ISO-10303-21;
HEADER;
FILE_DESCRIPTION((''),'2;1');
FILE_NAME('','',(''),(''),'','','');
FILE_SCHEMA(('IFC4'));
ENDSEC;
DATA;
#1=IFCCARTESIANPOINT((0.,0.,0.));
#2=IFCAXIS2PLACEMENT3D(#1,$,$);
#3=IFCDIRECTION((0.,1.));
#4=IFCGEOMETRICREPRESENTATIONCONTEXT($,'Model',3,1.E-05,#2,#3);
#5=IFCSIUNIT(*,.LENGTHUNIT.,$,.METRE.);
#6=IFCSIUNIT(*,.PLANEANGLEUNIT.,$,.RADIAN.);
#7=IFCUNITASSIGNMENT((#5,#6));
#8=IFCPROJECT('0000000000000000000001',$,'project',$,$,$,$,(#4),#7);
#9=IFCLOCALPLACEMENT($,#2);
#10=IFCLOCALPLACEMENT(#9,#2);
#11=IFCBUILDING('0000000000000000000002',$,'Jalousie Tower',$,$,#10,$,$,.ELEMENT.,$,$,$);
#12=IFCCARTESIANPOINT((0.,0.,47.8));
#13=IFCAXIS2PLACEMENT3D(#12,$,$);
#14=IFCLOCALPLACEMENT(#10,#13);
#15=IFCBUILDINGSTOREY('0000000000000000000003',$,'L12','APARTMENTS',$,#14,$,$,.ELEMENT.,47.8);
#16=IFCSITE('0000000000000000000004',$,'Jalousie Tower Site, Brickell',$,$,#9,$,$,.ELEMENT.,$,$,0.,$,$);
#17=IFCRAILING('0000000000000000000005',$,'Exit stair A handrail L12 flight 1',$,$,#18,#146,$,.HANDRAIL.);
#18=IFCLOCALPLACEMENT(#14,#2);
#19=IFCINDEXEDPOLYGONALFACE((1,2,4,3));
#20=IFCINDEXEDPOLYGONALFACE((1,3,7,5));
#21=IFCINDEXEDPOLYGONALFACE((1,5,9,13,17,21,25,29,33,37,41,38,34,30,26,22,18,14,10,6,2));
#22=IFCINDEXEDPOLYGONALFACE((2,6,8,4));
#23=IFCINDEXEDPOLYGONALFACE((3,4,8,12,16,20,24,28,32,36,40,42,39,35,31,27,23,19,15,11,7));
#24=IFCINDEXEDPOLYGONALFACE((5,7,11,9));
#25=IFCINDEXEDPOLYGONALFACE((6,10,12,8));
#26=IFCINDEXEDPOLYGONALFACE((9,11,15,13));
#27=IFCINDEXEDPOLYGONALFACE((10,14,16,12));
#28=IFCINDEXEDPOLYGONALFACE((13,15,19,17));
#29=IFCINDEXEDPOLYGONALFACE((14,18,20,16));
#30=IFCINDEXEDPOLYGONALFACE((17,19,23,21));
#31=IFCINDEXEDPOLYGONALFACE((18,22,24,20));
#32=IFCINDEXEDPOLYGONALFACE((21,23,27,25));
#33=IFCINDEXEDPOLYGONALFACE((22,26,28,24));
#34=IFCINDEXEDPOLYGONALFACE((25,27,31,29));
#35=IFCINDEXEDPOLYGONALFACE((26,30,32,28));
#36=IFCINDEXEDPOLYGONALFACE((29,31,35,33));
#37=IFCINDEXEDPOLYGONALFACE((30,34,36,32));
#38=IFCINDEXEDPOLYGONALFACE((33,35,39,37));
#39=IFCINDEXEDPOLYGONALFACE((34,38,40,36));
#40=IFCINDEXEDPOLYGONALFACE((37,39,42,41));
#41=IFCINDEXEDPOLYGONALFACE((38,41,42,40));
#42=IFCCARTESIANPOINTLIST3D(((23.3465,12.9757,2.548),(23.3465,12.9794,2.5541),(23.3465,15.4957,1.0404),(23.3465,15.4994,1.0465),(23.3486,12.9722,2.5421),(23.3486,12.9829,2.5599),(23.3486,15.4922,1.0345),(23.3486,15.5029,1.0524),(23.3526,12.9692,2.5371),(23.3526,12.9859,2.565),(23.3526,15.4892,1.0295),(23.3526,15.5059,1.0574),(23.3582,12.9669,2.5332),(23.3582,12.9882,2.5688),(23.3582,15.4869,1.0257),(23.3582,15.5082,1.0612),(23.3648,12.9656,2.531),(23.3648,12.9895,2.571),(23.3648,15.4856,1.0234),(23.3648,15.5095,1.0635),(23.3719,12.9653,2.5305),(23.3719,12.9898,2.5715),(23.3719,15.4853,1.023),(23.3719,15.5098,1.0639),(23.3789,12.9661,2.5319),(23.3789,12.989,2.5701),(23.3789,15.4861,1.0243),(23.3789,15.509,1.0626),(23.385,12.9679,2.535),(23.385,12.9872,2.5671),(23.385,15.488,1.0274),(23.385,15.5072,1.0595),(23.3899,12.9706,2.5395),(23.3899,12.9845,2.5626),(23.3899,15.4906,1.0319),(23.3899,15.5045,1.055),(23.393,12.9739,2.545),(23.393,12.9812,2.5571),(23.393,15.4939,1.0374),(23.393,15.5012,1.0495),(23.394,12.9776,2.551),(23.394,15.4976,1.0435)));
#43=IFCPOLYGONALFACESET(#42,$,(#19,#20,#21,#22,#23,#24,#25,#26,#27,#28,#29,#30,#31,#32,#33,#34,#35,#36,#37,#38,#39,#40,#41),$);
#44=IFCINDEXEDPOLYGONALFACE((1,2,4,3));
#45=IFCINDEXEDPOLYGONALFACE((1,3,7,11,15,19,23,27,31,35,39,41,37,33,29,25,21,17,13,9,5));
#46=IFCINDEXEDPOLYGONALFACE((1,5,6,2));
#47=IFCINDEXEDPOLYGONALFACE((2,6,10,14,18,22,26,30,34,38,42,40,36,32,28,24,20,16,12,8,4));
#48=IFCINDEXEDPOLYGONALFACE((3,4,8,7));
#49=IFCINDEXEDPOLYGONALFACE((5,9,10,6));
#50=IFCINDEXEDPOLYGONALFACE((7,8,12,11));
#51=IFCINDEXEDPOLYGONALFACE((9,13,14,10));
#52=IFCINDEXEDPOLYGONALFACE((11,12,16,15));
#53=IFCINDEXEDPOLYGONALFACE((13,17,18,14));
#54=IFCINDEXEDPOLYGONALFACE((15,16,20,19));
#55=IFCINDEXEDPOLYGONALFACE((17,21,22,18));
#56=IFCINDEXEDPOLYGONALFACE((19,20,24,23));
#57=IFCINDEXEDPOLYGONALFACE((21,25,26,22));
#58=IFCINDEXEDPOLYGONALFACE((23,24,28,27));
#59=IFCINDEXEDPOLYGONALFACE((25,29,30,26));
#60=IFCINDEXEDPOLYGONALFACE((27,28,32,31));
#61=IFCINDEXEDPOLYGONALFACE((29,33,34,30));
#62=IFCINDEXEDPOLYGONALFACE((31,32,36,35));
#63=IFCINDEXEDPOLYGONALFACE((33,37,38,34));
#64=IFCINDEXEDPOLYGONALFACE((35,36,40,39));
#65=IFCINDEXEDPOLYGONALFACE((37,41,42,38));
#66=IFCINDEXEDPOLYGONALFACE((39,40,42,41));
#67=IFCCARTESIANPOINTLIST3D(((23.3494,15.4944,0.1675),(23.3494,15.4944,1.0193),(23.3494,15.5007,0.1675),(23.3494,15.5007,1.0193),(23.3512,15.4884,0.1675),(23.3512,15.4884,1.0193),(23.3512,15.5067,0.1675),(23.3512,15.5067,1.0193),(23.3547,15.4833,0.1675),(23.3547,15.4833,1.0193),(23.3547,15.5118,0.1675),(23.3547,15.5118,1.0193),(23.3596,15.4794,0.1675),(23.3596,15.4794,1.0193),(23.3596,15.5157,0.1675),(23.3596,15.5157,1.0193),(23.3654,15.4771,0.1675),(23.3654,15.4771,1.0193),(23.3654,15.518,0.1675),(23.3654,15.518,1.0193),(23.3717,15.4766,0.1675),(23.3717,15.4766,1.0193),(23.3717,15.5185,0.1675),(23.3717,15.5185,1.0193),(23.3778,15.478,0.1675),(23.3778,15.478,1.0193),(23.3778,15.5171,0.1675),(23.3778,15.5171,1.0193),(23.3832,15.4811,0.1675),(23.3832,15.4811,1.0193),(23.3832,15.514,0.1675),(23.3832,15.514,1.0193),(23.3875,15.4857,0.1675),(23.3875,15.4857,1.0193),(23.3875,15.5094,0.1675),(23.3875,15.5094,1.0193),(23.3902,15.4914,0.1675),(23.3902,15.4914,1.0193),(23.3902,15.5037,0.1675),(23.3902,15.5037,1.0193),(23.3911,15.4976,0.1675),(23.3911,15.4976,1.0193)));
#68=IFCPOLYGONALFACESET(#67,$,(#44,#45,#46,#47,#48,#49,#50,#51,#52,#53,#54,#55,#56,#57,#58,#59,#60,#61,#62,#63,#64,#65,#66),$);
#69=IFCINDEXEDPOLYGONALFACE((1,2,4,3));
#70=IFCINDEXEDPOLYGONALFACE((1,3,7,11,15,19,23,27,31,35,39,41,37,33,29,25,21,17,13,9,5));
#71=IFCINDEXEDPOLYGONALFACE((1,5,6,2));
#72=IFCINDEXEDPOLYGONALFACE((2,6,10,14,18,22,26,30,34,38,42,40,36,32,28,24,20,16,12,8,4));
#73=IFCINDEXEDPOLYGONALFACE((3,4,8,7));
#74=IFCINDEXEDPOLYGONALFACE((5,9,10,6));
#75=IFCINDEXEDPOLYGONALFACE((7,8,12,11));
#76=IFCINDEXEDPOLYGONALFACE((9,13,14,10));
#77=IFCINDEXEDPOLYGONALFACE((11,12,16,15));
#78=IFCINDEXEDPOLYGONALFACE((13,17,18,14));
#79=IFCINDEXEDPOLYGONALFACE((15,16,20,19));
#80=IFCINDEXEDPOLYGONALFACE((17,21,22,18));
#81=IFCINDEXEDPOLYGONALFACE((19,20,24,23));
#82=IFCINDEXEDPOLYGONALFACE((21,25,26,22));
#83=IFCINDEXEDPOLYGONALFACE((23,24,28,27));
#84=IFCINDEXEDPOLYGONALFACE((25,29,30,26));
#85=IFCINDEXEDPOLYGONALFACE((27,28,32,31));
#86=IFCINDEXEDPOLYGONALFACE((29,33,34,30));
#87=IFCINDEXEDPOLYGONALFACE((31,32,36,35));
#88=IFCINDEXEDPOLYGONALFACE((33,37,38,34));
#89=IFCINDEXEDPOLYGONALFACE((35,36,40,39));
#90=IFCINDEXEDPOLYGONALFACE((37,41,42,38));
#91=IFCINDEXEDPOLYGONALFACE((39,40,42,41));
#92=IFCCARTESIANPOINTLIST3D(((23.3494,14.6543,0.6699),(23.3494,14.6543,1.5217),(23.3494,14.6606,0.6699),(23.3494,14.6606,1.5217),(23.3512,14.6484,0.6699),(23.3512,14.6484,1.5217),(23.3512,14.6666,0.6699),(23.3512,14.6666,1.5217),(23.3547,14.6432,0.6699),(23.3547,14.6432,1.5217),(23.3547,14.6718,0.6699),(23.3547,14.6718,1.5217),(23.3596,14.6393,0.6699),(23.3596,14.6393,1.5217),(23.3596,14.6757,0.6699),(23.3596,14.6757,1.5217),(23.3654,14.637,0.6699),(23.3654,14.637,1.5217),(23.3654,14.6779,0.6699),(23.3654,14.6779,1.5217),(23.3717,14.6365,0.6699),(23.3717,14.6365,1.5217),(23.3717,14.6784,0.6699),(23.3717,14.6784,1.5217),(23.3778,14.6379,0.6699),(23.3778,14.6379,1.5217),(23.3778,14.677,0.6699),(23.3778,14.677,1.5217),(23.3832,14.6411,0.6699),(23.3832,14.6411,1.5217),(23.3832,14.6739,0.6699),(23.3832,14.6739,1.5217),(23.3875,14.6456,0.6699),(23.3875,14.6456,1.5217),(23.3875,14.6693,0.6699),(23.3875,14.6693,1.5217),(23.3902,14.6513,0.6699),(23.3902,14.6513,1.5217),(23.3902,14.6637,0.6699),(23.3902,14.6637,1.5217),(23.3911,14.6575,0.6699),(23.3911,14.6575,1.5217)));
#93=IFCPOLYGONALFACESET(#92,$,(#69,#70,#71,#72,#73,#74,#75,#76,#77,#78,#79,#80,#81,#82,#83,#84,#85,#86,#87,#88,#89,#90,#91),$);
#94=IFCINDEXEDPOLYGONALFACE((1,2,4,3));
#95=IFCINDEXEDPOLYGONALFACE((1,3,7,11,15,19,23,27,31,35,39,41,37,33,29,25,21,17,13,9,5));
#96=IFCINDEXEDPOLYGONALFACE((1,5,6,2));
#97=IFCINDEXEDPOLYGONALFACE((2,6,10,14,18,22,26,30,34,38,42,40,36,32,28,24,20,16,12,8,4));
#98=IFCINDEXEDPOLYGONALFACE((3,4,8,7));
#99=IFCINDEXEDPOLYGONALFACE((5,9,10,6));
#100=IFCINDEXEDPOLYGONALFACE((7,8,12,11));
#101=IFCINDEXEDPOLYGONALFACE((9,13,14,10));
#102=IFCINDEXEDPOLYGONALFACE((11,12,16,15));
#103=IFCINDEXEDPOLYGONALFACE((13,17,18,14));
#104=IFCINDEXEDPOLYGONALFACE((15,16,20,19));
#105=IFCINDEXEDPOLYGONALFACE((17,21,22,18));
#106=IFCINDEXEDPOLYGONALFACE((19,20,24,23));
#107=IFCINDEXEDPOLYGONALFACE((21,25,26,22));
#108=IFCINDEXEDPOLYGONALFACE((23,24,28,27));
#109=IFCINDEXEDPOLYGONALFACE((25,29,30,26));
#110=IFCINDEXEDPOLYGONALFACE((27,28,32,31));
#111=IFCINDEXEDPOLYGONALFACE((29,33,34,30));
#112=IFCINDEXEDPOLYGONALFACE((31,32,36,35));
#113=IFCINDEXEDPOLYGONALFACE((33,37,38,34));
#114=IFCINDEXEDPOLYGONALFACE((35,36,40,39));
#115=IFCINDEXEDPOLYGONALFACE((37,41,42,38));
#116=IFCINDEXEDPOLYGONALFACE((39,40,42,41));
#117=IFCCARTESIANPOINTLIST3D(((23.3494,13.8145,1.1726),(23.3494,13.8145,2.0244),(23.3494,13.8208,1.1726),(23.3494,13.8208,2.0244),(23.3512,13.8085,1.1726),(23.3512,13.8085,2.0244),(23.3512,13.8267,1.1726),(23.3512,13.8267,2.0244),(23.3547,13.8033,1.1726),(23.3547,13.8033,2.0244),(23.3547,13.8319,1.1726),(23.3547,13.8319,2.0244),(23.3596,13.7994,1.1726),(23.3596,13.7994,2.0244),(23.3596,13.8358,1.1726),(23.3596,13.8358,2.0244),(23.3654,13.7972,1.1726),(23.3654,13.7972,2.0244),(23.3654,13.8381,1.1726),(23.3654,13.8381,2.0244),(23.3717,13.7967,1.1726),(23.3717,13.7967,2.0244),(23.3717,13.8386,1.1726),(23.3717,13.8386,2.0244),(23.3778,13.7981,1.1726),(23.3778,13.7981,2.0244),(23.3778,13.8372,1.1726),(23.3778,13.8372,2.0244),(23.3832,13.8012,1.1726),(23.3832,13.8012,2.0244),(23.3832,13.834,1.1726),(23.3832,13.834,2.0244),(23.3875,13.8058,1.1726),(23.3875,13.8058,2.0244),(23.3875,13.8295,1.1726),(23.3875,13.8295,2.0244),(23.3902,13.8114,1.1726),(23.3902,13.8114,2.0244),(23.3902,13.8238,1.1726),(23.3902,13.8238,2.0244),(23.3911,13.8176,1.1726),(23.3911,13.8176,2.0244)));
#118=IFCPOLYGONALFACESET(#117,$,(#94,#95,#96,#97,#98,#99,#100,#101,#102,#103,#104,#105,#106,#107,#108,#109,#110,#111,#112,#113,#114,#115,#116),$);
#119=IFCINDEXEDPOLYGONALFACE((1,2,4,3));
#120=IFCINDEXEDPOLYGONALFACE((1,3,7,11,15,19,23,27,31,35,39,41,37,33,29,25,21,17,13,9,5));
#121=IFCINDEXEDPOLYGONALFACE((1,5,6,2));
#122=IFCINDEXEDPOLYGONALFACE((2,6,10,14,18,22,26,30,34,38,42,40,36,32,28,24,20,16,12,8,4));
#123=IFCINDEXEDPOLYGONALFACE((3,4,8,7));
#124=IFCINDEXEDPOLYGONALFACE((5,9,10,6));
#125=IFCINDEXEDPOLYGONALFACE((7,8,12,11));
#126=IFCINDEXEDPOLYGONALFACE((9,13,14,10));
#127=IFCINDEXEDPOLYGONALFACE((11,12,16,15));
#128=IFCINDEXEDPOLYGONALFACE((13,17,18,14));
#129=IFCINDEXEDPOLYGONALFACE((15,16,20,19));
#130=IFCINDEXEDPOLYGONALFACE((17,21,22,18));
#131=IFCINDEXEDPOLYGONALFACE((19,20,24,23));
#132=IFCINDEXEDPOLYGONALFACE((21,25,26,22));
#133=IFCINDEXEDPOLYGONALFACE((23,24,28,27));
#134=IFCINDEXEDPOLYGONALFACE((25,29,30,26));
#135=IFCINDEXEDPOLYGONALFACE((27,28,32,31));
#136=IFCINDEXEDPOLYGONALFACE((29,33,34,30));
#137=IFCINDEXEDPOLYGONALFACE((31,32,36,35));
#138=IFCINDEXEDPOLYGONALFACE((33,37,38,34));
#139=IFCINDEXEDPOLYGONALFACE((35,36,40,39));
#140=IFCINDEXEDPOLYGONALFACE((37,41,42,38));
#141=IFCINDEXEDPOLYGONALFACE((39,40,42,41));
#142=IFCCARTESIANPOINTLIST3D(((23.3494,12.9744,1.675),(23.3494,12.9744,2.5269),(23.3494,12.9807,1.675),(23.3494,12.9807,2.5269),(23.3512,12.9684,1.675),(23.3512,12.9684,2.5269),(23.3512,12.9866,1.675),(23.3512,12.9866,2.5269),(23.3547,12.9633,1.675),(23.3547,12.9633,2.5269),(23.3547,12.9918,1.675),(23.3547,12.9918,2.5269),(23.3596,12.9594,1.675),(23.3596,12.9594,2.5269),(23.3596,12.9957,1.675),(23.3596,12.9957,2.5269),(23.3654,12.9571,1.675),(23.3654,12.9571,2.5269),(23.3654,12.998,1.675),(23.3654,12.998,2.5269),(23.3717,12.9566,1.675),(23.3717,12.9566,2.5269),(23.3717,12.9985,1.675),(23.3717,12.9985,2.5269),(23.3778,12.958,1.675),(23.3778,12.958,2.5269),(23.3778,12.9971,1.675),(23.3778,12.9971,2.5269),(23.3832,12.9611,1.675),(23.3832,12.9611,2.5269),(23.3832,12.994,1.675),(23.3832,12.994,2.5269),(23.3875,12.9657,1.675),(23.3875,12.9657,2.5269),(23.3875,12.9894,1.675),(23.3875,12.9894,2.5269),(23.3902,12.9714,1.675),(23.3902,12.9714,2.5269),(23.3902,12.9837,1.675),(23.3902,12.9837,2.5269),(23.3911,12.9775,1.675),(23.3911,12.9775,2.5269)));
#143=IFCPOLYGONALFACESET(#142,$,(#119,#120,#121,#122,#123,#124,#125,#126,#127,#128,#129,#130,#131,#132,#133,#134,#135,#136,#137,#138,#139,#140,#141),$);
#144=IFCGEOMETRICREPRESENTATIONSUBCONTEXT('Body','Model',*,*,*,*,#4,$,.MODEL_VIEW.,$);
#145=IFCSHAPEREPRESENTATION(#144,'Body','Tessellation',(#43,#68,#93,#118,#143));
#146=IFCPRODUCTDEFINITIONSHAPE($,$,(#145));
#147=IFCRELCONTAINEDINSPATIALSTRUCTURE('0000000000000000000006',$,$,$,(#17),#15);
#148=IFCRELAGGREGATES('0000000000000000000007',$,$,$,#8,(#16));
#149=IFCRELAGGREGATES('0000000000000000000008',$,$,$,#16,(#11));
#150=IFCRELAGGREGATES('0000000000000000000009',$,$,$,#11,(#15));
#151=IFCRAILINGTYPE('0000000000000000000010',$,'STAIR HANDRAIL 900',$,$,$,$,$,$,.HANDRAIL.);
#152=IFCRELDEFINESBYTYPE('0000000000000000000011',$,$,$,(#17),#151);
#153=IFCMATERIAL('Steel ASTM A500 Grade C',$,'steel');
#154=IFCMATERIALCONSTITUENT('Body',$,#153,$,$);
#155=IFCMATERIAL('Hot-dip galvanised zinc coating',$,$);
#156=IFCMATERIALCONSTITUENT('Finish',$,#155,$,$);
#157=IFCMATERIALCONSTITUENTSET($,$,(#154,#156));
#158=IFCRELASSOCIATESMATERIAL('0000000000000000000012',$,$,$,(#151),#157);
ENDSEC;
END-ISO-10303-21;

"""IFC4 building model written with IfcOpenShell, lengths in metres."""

from ifc_helpers import new_model, si_unit, direction, frame, origin, origin_2d, place, context, subcontext, project, spatial, circle, extrude, material, constituent, constituent_set, type_object, element, save


model = new_model("IFC4")

# Units and contexts
model_context = context("Model", 3, precision=1e-05, world=origin(), true_north=direction((0.0, 1.0)))
body_context = subcontext(model_context, "Body", "Model", "MODEL_VIEW")
ifc_project = project(units=[si_unit("LENGTHUNIT", "METRE"), si_unit("PLANEANGLEUNIT", "RADIAN")], contexts=[model_context])

# Site, building, storey
site_placement = place(None, origin())
site = spatial("IfcSite", under=ifc_project, at=site_placement, Name="Jalousie Tower Site, Brickell", CompositionType="ELEMENT", RefElevation=0.0)
building_placement = place(site_placement, origin())
building = spatial("IfcBuilding", under=site, at=building_placement, Name="Jalousie Tower", CompositionType="ELEMENT")
storey_placement = place(building_placement, frame((0.0, 0.0, 47.8)))
storey = spatial("IfcBuildingStorey", under=building, at=storey_placement, Name="L12", Description="APARTMENTS", CompositionType="ELEMENT", Elevation=47.8)

# Railing
ifc_material_1 = material(Name="Steel ASTM A500 Grade C", Category="steel")
ifc_constituent_1 = constituent(ifc_material_1, Name="Body")
ifc_material_2 = material(Name="Hot-dip galvanised zinc coating")
ifc_constituent_2 = constituent(ifc_material_2, Name="Finish")
ifc_constituent_set_1 = constituent_set(constituents=[ifc_constituent_1, ifc_constituent_2])
railing_type_1 = type_object("IfcRailingType", Name="STAIR HANDRAIL 900", PredefinedType="HANDRAIL", material=ifc_constituent_set_1)
railing_1_placement = place(storey_placement, frame((23.3701, 15.4976, 0.1675)))
element("IfcRailing", 1, at=railing_1_placement, inside=storey, type_object=railing_type_1, Name="Exit stair A handrail L12 flight 1", PredefinedType="HANDRAIL", context=body_context, shape_type="SweptSolid", body=[
    extrude(circle(Radius=0.0239, at=origin_2d()), frame((0.0, 0.0, 0.876), z_axis=(0.0, -0.85816, 0.513383), x_axis=(1.0, 0.0, 0.0)), (0.0, 0.0, 1.0), 2.9365),
    extrude(circle(Radius=0.021, at=origin_2d()), origin(), (0.0, 0.0, 1.0), 0.8518),
    extrude(circle(Radius=0.021, at=origin_2d()), frame((0.0, -0.8401, 0.5024)), (0.0, 0.0, 1.0), 0.8518),
    extrude(circle(Radius=0.021, at=origin_2d()), frame((0.0, -1.6799, 1.0051)), (0.0, 0.0, 1.0), 0.8518),
    extrude(circle(Radius=0.021, at=origin_2d()), frame((0.0, -2.52, 1.5076)), (0.0, 0.0, 1.0), 0.8518),
])

save(model, "model.ifc")
